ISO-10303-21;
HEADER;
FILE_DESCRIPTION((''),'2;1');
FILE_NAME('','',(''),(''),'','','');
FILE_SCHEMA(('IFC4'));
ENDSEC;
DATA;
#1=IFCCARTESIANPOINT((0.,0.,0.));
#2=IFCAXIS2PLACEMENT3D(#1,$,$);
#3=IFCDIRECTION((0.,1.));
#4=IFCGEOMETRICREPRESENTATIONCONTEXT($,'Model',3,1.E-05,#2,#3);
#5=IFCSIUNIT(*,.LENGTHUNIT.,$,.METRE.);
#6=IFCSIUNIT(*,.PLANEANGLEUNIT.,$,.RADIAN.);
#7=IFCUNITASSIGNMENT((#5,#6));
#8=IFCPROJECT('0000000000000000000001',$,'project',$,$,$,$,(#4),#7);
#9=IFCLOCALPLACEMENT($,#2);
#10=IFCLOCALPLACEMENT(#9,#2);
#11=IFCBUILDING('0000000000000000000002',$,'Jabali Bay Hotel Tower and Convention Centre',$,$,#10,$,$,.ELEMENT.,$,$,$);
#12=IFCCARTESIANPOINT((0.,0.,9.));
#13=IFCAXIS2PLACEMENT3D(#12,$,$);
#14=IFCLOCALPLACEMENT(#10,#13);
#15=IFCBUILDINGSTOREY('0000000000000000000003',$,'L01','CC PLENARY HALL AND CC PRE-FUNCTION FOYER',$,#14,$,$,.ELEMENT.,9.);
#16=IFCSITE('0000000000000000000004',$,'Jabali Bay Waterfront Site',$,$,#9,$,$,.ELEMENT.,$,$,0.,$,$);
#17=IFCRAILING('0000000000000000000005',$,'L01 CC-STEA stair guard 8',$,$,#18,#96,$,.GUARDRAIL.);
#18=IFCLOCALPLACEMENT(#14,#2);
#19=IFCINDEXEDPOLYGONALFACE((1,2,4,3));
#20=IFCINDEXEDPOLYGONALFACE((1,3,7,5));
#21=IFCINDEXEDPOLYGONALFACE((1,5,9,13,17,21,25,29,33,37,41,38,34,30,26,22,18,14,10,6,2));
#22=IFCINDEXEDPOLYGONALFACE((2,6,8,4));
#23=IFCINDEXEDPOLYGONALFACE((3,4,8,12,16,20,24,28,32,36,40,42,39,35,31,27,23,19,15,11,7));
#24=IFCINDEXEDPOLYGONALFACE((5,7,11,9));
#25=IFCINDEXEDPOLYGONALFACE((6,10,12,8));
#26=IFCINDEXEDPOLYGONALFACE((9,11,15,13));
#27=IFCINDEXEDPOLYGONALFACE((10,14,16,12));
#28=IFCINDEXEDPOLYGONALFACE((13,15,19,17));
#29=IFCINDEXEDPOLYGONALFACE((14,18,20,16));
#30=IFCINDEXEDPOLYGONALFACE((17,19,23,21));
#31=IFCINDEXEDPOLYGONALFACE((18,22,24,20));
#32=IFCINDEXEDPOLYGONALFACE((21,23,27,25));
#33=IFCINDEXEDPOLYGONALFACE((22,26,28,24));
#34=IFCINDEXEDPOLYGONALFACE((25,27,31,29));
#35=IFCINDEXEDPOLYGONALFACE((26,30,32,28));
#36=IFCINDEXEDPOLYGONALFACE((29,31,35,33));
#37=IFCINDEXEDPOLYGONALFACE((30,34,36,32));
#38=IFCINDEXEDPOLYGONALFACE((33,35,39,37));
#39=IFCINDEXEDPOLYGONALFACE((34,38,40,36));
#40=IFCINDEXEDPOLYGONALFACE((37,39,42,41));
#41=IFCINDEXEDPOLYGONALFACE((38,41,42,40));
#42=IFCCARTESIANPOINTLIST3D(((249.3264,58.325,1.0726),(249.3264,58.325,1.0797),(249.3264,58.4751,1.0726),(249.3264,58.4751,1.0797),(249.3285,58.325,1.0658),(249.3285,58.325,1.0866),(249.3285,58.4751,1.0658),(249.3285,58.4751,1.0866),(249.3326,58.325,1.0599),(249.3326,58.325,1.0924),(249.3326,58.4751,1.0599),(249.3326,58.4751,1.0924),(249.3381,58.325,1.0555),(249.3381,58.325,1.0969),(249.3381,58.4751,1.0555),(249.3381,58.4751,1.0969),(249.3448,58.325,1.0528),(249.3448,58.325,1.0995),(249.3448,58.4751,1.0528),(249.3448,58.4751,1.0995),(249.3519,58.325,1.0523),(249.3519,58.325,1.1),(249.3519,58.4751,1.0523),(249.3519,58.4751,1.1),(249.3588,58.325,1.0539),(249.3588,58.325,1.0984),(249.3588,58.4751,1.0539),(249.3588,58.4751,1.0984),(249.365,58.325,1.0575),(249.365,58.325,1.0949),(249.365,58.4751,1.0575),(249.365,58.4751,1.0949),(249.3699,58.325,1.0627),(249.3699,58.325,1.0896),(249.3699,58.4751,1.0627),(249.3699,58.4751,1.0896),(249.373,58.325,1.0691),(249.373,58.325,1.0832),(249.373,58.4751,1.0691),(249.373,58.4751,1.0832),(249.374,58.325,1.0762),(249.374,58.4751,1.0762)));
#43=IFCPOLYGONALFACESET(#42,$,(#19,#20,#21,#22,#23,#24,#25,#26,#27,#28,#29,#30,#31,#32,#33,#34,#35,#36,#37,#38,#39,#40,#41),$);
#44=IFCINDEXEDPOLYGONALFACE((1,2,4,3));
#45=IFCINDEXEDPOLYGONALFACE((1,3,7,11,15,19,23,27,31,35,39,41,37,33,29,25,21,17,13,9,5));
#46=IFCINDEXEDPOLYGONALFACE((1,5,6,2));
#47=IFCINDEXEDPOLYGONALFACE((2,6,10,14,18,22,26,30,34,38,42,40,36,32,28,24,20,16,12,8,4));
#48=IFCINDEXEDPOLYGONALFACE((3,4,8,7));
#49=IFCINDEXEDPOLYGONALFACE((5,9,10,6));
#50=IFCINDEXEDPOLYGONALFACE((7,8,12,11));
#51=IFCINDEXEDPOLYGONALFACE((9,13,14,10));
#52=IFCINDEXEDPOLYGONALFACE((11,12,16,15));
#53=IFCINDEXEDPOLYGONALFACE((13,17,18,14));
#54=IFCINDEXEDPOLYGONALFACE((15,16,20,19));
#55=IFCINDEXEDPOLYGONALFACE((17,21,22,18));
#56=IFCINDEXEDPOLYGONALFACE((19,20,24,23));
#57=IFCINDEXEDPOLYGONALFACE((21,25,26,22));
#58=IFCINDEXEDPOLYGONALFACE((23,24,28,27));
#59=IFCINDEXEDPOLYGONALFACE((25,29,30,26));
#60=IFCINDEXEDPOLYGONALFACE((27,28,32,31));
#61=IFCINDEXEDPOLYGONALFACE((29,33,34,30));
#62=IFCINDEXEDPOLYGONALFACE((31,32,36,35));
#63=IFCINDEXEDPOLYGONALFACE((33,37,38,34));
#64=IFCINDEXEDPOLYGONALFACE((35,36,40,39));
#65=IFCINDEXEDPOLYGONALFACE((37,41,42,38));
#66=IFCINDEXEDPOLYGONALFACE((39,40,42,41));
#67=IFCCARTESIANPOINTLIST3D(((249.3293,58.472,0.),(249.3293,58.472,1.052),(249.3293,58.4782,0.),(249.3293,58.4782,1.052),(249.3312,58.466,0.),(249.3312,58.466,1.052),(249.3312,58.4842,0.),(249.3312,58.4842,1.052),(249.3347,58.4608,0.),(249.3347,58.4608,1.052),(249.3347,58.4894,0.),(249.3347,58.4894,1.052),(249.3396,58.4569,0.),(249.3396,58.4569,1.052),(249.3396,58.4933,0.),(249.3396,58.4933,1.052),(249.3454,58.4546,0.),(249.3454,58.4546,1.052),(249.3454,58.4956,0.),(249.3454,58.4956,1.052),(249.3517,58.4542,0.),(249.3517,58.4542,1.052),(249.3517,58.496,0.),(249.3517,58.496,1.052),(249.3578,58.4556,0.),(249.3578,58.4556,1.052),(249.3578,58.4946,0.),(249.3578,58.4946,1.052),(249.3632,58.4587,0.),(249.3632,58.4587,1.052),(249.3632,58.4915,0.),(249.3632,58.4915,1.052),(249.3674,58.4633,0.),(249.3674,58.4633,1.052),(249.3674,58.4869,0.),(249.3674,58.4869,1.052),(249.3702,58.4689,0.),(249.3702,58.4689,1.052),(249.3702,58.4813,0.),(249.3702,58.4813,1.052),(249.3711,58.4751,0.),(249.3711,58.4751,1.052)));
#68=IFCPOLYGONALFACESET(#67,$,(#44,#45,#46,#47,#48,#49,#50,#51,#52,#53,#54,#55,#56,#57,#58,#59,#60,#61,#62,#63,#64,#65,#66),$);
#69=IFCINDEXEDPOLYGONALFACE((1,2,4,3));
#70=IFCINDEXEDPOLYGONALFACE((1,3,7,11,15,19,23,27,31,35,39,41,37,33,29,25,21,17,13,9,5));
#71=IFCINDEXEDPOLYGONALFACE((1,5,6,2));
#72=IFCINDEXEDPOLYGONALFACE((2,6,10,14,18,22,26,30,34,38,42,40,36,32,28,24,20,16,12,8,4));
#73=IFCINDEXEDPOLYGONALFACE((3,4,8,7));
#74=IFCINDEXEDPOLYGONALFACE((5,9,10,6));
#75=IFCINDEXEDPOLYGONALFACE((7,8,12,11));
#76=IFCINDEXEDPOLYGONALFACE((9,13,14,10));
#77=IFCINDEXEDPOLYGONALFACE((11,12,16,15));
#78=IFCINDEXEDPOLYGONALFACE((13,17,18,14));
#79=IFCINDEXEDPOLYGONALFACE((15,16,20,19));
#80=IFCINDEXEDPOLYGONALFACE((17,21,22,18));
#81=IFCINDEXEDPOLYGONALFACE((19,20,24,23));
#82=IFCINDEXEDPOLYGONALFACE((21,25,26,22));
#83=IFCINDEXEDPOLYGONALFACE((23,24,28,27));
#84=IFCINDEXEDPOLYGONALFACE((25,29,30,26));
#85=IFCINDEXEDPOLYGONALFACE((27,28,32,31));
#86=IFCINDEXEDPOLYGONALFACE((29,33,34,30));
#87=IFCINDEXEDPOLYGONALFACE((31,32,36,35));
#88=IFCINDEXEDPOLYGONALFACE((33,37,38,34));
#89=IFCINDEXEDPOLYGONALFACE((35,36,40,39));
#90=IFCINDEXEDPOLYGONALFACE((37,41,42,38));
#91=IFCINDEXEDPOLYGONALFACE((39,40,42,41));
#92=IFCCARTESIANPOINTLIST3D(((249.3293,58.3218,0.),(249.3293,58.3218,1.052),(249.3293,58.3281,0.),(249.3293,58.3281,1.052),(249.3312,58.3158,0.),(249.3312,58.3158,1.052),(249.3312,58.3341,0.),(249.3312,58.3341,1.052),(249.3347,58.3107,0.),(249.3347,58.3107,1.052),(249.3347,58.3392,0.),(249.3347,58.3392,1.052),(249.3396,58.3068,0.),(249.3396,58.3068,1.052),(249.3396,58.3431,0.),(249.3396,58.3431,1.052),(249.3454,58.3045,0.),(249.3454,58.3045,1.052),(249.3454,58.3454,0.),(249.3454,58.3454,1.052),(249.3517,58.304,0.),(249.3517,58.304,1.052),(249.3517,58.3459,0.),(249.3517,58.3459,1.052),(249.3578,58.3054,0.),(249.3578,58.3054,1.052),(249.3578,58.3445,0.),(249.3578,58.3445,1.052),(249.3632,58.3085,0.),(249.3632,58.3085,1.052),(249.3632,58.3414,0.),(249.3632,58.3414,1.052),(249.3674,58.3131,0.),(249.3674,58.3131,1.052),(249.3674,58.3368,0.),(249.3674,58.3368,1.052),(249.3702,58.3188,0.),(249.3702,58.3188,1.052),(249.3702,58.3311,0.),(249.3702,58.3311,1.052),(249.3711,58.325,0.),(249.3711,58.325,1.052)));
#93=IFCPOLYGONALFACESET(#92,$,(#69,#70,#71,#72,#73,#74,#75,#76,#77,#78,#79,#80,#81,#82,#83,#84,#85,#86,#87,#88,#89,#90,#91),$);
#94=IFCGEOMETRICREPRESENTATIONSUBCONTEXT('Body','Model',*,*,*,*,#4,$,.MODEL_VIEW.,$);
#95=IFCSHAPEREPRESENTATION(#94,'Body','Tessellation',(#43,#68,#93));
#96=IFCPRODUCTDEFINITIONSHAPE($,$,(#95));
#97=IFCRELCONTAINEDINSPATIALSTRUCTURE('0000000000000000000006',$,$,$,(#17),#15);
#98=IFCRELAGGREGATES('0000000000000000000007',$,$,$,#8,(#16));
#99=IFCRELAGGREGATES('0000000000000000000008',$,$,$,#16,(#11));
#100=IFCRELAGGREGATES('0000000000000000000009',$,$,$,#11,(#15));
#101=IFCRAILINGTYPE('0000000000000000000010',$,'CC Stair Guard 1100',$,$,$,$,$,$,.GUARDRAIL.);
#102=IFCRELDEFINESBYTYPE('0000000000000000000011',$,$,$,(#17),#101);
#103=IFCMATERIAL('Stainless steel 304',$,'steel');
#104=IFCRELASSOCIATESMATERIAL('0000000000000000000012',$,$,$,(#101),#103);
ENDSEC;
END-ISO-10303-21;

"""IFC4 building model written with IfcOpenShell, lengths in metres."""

from ifc_helpers import new_model, si_unit, direction, frame, origin, origin_2d, place, context, subcontext, project, spatial, circle, extrude, material, type_object, element, save


model = new_model("IFC4")

# Units and contexts
model_context = context("Model", 3, precision=1e-05, world=origin(), true_north=direction((0.0, 1.0)))
body_context = subcontext(model_context, "Body", "Model", "MODEL_VIEW")
ifc_project = project(units=[si_unit("LENGTHUNIT", "METRE"), si_unit("PLANEANGLEUNIT", "RADIAN")], contexts=[model_context])

# Site, building, storey
site_placement = place(None, origin())
site = spatial("IfcSite", under=ifc_project, at=site_placement, Name="Jabali Bay Waterfront Site", CompositionType="ELEMENT", RefElevation=0.0)
building_placement = place(site_placement, origin())
building = spatial("IfcBuilding", under=site, at=building_placement, Name="Jabali Bay Hotel Tower and Convention Centre", CompositionType="ELEMENT")
storey_placement = place(building_placement, frame((0.0, 0.0, 9.0)))
storey = spatial("IfcBuildingStorey", under=building, at=storey_placement, Name="L01", Description="CC PLENARY HALL AND CC PRE-FUNCTION FOYER", CompositionType="ELEMENT", Elevation=9.0)

# Railing
ifc_material_1 = material(Name="Stainless steel 304", Category="steel")
railing_type_1 = type_object("IfcRailingType", Name="CC Stair Guard 1100", PredefinedType="GUARDRAIL", material=ifc_material_1)
railing_1_placement = place(storey_placement, frame((249.3501, 58.4751, 0.0)))
element("IfcRailing", 1, at=railing_1_placement, inside=storey, type_object=railing_type_1, Name="L01 CC-STEA stair guard 8", PredefinedType="GUARDRAIL", context=body_context, shape_type="SweptSolid", body=[
    extrude(circle(Radius=0.0239, at=origin_2d()), frame((0.0, 0.0, 1.0762), z_axis=(0.0, -1.0, 0.0), x_axis=(1.0, 0.0, 0.0)), (0.0, 0.0, 1.0), 0.1501),
    extrude(circle(Radius=0.021, at=origin_2d()), origin(), (0.0, 0.0, 1.0), 1.052),
    extrude(circle(Radius=0.021, at=origin_2d()), frame((0.0, -0.1501, 0.0)), (0.0, 0.0, 1.0), 1.052),
])

save(model, "model.ifc")
